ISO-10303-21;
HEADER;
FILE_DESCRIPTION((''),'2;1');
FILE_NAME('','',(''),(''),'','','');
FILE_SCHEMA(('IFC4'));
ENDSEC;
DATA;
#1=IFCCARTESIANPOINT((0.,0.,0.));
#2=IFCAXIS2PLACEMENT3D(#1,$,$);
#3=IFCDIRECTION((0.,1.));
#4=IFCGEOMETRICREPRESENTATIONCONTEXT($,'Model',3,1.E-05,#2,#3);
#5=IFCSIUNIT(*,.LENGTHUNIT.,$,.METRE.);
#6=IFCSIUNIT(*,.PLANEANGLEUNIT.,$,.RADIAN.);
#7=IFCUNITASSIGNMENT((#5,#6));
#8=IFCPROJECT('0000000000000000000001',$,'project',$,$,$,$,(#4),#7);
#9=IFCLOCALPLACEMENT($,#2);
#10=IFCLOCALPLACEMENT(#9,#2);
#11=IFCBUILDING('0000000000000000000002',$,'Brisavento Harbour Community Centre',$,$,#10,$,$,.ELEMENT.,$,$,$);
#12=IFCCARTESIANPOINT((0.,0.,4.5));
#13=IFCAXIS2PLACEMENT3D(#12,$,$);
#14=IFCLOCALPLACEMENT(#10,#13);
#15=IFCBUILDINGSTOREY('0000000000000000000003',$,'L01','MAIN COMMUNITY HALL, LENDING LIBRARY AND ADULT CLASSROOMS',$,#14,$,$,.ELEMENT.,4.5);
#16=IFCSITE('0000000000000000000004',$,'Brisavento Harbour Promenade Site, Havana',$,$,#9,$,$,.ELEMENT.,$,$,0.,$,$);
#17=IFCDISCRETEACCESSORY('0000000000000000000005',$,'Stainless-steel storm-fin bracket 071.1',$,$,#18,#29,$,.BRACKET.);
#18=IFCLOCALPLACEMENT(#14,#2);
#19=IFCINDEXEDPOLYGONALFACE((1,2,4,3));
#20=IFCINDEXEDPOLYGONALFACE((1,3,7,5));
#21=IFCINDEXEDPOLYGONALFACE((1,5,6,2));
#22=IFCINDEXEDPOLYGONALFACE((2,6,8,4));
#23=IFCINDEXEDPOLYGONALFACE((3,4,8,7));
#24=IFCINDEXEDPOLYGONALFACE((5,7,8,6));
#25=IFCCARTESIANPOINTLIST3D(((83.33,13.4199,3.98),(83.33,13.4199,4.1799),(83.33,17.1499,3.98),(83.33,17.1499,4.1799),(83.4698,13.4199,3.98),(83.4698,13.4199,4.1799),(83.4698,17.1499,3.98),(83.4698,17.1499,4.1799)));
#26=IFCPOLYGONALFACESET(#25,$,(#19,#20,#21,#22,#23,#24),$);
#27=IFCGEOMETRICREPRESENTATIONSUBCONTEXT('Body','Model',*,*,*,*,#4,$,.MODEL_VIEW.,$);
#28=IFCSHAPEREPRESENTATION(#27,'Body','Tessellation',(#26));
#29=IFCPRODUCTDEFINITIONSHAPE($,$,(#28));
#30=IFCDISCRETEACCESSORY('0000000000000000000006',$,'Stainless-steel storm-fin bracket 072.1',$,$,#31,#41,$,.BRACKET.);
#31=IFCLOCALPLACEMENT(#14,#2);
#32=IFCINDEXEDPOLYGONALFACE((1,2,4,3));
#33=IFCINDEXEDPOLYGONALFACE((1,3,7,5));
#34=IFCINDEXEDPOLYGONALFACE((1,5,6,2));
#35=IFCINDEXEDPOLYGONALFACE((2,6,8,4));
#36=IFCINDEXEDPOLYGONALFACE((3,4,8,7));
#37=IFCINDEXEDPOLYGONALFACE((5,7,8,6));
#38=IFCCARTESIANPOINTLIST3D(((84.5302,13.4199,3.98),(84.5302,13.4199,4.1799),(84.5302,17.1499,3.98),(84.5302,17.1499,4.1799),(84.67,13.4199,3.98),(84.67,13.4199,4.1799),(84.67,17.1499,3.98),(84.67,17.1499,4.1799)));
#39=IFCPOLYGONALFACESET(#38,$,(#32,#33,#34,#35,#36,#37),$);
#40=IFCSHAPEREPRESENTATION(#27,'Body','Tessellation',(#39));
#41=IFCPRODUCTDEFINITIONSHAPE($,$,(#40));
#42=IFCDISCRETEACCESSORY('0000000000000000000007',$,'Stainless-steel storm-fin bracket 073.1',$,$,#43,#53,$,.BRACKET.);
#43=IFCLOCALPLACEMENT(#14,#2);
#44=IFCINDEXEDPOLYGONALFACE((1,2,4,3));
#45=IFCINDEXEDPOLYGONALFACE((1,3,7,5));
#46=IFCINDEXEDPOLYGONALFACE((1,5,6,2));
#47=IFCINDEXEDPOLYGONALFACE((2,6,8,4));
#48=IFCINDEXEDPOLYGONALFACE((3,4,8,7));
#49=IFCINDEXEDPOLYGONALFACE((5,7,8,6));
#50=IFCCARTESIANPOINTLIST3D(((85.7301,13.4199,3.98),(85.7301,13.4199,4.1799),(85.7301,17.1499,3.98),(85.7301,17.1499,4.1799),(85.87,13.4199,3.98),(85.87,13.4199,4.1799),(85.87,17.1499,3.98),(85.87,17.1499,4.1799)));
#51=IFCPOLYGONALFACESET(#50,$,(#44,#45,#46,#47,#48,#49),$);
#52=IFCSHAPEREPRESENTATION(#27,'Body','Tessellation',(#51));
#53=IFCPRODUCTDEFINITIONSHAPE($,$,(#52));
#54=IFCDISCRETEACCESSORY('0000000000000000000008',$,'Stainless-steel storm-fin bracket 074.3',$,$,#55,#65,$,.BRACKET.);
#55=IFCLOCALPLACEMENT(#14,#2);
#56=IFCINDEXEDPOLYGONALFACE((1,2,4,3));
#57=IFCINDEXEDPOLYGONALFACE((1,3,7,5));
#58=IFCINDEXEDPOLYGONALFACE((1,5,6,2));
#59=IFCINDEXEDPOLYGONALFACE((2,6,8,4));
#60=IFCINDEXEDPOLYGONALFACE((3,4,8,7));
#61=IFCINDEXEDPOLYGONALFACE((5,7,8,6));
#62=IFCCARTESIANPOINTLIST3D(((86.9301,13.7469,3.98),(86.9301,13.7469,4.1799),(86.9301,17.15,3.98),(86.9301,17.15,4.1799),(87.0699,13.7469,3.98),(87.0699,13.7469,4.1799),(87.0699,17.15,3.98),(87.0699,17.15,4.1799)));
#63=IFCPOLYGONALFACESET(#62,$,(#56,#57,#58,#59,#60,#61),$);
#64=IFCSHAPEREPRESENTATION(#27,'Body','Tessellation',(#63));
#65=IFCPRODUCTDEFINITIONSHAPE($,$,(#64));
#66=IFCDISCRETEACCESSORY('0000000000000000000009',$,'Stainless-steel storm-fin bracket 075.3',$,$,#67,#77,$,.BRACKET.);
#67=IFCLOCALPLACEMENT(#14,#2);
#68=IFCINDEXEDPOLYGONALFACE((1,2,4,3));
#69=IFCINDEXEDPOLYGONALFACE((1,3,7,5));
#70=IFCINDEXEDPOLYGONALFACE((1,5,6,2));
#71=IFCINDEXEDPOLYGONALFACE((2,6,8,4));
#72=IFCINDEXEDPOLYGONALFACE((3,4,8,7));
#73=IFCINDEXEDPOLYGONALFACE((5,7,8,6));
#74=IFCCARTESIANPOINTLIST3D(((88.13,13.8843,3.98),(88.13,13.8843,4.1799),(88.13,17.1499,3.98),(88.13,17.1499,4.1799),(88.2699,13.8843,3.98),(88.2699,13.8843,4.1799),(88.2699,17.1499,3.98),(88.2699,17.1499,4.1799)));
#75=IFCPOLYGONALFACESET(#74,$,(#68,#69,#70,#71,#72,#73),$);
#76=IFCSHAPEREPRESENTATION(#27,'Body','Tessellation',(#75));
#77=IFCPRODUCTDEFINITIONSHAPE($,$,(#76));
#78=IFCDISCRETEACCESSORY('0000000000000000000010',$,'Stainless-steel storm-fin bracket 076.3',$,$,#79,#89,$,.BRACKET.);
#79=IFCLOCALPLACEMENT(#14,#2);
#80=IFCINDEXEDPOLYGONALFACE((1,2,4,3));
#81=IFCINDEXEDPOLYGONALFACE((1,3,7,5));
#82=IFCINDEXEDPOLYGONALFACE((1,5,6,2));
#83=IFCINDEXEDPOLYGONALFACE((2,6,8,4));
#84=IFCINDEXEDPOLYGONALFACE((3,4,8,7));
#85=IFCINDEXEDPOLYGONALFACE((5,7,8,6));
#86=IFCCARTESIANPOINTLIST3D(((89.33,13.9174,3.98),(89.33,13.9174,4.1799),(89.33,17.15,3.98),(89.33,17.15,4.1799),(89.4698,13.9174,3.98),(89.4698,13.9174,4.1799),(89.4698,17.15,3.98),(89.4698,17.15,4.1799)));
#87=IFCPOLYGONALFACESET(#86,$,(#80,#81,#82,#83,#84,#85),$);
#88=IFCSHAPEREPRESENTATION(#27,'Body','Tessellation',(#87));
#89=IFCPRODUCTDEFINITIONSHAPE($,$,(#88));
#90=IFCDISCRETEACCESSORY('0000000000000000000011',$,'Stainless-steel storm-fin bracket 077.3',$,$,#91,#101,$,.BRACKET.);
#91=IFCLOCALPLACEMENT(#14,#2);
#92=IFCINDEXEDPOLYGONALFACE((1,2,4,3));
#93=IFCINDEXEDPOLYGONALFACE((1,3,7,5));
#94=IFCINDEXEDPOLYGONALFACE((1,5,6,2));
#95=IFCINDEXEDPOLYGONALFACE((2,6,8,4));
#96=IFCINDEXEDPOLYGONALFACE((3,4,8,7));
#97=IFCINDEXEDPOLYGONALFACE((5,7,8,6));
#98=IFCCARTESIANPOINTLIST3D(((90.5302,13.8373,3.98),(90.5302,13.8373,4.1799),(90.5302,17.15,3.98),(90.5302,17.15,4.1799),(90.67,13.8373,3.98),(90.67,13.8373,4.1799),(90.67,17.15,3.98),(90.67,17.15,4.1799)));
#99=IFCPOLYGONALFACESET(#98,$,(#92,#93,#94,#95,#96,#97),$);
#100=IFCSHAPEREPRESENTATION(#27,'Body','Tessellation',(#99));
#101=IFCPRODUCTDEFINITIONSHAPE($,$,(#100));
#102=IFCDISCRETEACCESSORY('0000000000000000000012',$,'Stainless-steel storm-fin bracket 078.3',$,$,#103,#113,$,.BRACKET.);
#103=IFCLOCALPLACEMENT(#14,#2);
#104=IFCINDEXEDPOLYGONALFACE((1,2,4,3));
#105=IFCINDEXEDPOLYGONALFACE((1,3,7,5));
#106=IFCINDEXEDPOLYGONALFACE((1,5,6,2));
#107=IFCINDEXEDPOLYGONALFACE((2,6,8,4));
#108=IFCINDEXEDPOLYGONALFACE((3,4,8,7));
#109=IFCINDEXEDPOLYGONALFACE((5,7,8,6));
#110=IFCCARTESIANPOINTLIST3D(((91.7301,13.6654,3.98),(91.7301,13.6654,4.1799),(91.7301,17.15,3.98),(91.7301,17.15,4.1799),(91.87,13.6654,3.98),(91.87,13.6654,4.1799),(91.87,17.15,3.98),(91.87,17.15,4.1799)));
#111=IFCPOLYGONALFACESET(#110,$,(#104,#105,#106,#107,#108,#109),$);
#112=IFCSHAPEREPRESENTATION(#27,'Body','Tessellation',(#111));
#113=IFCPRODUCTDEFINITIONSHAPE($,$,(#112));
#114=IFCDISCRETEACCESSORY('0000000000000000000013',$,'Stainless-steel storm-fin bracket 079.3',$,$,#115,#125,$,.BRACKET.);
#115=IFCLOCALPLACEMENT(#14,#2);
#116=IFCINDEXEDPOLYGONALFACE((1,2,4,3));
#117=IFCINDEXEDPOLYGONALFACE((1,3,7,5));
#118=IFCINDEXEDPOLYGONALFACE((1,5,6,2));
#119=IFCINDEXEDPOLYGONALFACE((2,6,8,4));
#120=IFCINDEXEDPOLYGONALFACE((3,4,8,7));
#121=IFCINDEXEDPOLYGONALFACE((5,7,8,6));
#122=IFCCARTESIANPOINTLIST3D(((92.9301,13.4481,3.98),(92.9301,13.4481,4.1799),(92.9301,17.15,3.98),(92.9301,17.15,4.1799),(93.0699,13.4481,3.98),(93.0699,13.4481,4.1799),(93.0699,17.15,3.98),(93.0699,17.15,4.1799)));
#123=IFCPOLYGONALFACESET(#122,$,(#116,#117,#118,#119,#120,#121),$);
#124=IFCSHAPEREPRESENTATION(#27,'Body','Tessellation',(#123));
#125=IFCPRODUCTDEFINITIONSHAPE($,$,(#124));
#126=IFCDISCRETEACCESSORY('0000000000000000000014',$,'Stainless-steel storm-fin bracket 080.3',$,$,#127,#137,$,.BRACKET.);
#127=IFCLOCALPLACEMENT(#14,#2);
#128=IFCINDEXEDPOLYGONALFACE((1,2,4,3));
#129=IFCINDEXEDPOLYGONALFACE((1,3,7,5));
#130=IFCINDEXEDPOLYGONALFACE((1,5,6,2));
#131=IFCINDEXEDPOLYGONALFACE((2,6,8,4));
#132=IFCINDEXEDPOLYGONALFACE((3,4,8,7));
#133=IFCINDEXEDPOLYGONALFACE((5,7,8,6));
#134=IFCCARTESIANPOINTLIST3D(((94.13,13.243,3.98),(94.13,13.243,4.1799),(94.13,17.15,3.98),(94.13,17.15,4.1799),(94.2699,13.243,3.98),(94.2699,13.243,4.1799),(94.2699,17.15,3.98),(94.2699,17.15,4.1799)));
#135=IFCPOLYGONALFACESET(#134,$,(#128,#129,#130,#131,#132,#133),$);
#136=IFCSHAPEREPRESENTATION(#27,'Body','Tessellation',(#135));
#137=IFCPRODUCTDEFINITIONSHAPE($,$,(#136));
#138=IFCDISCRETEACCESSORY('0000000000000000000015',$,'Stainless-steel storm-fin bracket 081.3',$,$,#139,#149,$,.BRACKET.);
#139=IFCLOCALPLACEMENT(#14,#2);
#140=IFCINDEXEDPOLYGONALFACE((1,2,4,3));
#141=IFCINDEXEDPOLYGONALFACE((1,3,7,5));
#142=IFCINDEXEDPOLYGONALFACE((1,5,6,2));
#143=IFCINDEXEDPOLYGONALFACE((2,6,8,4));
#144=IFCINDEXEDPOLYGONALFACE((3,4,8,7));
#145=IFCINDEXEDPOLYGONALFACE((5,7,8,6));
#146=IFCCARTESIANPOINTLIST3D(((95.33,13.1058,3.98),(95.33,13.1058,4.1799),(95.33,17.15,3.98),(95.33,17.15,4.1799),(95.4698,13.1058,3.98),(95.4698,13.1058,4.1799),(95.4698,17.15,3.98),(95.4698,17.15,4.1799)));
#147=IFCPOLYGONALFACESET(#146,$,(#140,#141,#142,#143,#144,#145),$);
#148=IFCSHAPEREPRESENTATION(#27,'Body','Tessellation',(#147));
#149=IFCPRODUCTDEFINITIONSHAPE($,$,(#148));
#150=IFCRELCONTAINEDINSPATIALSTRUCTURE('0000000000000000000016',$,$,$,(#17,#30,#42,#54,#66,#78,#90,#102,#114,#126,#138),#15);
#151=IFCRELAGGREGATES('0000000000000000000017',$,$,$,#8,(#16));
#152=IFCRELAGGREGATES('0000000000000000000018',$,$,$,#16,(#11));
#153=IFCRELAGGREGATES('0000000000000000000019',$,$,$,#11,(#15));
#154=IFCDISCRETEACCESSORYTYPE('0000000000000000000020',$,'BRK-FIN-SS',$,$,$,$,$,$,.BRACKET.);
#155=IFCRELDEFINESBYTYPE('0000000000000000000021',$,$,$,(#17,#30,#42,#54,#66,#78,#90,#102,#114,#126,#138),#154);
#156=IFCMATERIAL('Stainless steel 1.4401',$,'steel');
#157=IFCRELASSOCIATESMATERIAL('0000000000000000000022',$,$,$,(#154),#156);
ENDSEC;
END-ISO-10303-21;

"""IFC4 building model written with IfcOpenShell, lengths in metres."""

from ifc_helpers import new_model, si_unit, direction, frame, origin, origin_2d, place, context, subcontext, project, spatial, rectangle, extrude, material, type_object, element, save


model = new_model("IFC4")

# Units and contexts
model_context = context("Model", 3, precision=1e-05, world=origin(), true_north=direction((0.0, 1.0)))
body_context = subcontext(model_context, "Body", "Model", "MODEL_VIEW")
ifc_project = project(units=[si_unit("LENGTHUNIT", "METRE"), si_unit("PLANEANGLEUNIT", "RADIAN")], contexts=[model_context])

# Site, building, storey
site_placement = place(None, origin())
site = spatial("IfcSite", under=ifc_project, at=site_placement, Name="Brisavento Harbour Promenade Site, Havana", CompositionType="ELEMENT", RefElevation=0.0)
building_placement = place(site_placement, origin())
building = spatial("IfcBuilding", under=site, at=building_placement, Name="Brisavento Harbour Community Centre", CompositionType="ELEMENT")
storey_placement = place(building_placement, frame((0.0, 0.0, 4.5)))
storey = spatial("IfcBuildingStorey", under=building, at=storey_placement, Name="L01", Description="MAIN COMMUNITY HALL, LENDING LIBRARY AND ADULT CLASSROOMS", CompositionType="ELEMENT", Elevation=4.5)

# Shared definitions
ifc_material_1 = material(Name="Stainless steel 1.4401", Category="steel")

# Discrete accessories
discrete_accessory_type = type_object("IfcDiscreteAccessoryType", Name="BRK-FIN-SS", PredefinedType="BRACKET", material=ifc_material_1)
for number, where, z_axis, x_axis, name in (
    (1, (83.3999, 15.2849, 3.98), (0.0, 0.0, 1.0), (0.0, -1.0, 0.0), "Stainless-steel storm-fin bracket 071.1"),
    (2, (84.6001, 15.2849, 3.98), (0.0, 0.0, 1.0), (0.0, -1.0, 0.0), "Stainless-steel storm-fin bracket 072.1"),
    (3, (85.8, 15.2849, 3.98), (0.0, 0.0, 1.0), (0.0, -1.0, 0.0), "Stainless-steel storm-fin bracket 073.1"),
):
    element("IfcDiscreteAccessory", number, at=place(storey_placement, frame(where, z_axis=z_axis, x_axis=x_axis)), inside=storey, type_object=discrete_accessory_type, Name=name, PredefinedType="BRACKET", context=body_context, shape_type="SweptSolid", body=[
        extrude(rectangle(XDim=3.73, YDim=0.1399, at=origin_2d()), origin(), (0.0, 0.0, 1.0), 0.2),
    ])
discrete_accessory_1_placement = place(storey_placement, frame((87.0, 15.4485, 3.98), z_axis=(0.0, 0.0, 1.0), x_axis=(0.0, -1.0, 0.0)))
element("IfcDiscreteAccessory", 4, at=discrete_accessory_1_placement, inside=storey, type_object=discrete_accessory_type, Name="Stainless-steel storm-fin bracket 074.3", PredefinedType="BRACKET", context=body_context, shape_type="SweptSolid", body=[
    extrude(rectangle(XDim=3.4031, YDim=0.1399, at=origin_2d()), origin(), (0.0, 0.0, 1.0), 0.2),
])
discrete_accessory_2_placement = place(storey_placement, frame((88.2, 15.5171, 3.98), z_axis=(0.0, 0.0, 1.0), x_axis=(0.0, -1.0, 0.0)))
element("IfcDiscreteAccessory", 5, at=discrete_accessory_2_placement, inside=storey, type_object=discrete_accessory_type, Name="Stainless-steel storm-fin bracket 075.3", PredefinedType="BRACKET", context=body_context, shape_type="SweptSolid", body=[
    extrude(rectangle(XDim=3.2656, YDim=0.1399, at=origin_2d()), origin(), (0.0, 0.0, 1.0), 0.2),
])
discrete_accessory_3_placement = place(storey_placement, frame((89.3999, 15.5337, 3.98), z_axis=(0.0, 0.0, 1.0), x_axis=(0.0, -1.0, 0.0)))
element("IfcDiscreteAccessory", 6, at=discrete_accessory_3_placement, inside=storey, type_object=discrete_accessory_type, Name="Stainless-steel storm-fin bracket 076.3", PredefinedType="BRACKET", context=body_context, shape_type="SweptSolid", body=[
    extrude(rectangle(XDim=3.2327, YDim=0.1399, at=origin_2d()), origin(), (0.0, 0.0, 1.0), 0.2),
])
discrete_accessory_4_placement = place(storey_placement, frame((90.6001, 15.4937, 3.98), z_axis=(0.0, 0.0, 1.0), x_axis=(0.0, -1.0, 0.0)))
element("IfcDiscreteAccessory", 7, at=discrete_accessory_4_placement, inside=storey, type_object=discrete_accessory_type, Name="Stainless-steel storm-fin bracket 077.3", PredefinedType="BRACKET", context=body_context, shape_type="SweptSolid", body=[
    extrude(rectangle(XDim=3.3127, YDim=0.1399, at=origin_2d()), origin(), (0.0, 0.0, 1.0), 0.2),
])
discrete_accessory_5_placement = place(storey_placement, frame((91.8, 15.4077, 3.98), z_axis=(0.0, 0.0, 1.0), x_axis=(0.0, -1.0, 0.0)))
element("IfcDiscreteAccessory", 8, at=discrete_accessory_5_placement, inside=storey, type_object=discrete_accessory_type, Name="Stainless-steel storm-fin bracket 078.3", PredefinedType="BRACKET", context=body_context, shape_type="SweptSolid", body=[
    extrude(rectangle(XDim=3.4846, YDim=0.1399, at=origin_2d()), origin(), (0.0, 0.0, 1.0), 0.2),
])
discrete_accessory_6_placement = place(storey_placement, frame((93.0, 15.2991, 3.98), z_axis=(0.0, 0.0, 1.0), x_axis=(0.0, -1.0, 0.0)))
element("IfcDiscreteAccessory", 9, at=discrete_accessory_6_placement, inside=storey, type_object=discrete_accessory_type, Name="Stainless-steel storm-fin bracket 079.3", PredefinedType="BRACKET", context=body_context, shape_type="SweptSolid", body=[
    extrude(rectangle(XDim=3.7019, YDim=0.1399, at=origin_2d()), origin(), (0.0, 0.0, 1.0), 0.2),
])
discrete_accessory_7_placement = place(storey_placement, frame((94.2, 15.1965, 3.98), z_axis=(0.0, 0.0, 1.0), x_axis=(0.0, -1.0, 0.0)))
element("IfcDiscreteAccessory", 10, at=discrete_accessory_7_placement, inside=storey, type_object=discrete_accessory_type, Name="Stainless-steel storm-fin bracket 080.3", PredefinedType="BRACKET", context=body_context, shape_type="SweptSolid", body=[
    extrude(rectangle(XDim=3.907, YDim=0.1399, at=origin_2d()), origin(), (0.0, 0.0, 1.0), 0.2),
])
discrete_accessory_8_placement = place(storey_placement, frame((95.3999, 15.1279, 3.98), z_axis=(0.0, 0.0, 1.0), x_axis=(0.0, -1.0, 0.0)))
element("IfcDiscreteAccessory", 11, at=discrete_accessory_8_placement, inside=storey, type_object=discrete_accessory_type, Name="Stainless-steel storm-fin bracket 081.3", PredefinedType="BRACKET", context=body_context, shape_type="SweptSolid", body=[
    extrude(rectangle(XDim=4.0442, YDim=0.1399, at=origin_2d()), origin(), (0.0, 0.0, 1.0), 0.2),
])

save(model, "model.ifc")
